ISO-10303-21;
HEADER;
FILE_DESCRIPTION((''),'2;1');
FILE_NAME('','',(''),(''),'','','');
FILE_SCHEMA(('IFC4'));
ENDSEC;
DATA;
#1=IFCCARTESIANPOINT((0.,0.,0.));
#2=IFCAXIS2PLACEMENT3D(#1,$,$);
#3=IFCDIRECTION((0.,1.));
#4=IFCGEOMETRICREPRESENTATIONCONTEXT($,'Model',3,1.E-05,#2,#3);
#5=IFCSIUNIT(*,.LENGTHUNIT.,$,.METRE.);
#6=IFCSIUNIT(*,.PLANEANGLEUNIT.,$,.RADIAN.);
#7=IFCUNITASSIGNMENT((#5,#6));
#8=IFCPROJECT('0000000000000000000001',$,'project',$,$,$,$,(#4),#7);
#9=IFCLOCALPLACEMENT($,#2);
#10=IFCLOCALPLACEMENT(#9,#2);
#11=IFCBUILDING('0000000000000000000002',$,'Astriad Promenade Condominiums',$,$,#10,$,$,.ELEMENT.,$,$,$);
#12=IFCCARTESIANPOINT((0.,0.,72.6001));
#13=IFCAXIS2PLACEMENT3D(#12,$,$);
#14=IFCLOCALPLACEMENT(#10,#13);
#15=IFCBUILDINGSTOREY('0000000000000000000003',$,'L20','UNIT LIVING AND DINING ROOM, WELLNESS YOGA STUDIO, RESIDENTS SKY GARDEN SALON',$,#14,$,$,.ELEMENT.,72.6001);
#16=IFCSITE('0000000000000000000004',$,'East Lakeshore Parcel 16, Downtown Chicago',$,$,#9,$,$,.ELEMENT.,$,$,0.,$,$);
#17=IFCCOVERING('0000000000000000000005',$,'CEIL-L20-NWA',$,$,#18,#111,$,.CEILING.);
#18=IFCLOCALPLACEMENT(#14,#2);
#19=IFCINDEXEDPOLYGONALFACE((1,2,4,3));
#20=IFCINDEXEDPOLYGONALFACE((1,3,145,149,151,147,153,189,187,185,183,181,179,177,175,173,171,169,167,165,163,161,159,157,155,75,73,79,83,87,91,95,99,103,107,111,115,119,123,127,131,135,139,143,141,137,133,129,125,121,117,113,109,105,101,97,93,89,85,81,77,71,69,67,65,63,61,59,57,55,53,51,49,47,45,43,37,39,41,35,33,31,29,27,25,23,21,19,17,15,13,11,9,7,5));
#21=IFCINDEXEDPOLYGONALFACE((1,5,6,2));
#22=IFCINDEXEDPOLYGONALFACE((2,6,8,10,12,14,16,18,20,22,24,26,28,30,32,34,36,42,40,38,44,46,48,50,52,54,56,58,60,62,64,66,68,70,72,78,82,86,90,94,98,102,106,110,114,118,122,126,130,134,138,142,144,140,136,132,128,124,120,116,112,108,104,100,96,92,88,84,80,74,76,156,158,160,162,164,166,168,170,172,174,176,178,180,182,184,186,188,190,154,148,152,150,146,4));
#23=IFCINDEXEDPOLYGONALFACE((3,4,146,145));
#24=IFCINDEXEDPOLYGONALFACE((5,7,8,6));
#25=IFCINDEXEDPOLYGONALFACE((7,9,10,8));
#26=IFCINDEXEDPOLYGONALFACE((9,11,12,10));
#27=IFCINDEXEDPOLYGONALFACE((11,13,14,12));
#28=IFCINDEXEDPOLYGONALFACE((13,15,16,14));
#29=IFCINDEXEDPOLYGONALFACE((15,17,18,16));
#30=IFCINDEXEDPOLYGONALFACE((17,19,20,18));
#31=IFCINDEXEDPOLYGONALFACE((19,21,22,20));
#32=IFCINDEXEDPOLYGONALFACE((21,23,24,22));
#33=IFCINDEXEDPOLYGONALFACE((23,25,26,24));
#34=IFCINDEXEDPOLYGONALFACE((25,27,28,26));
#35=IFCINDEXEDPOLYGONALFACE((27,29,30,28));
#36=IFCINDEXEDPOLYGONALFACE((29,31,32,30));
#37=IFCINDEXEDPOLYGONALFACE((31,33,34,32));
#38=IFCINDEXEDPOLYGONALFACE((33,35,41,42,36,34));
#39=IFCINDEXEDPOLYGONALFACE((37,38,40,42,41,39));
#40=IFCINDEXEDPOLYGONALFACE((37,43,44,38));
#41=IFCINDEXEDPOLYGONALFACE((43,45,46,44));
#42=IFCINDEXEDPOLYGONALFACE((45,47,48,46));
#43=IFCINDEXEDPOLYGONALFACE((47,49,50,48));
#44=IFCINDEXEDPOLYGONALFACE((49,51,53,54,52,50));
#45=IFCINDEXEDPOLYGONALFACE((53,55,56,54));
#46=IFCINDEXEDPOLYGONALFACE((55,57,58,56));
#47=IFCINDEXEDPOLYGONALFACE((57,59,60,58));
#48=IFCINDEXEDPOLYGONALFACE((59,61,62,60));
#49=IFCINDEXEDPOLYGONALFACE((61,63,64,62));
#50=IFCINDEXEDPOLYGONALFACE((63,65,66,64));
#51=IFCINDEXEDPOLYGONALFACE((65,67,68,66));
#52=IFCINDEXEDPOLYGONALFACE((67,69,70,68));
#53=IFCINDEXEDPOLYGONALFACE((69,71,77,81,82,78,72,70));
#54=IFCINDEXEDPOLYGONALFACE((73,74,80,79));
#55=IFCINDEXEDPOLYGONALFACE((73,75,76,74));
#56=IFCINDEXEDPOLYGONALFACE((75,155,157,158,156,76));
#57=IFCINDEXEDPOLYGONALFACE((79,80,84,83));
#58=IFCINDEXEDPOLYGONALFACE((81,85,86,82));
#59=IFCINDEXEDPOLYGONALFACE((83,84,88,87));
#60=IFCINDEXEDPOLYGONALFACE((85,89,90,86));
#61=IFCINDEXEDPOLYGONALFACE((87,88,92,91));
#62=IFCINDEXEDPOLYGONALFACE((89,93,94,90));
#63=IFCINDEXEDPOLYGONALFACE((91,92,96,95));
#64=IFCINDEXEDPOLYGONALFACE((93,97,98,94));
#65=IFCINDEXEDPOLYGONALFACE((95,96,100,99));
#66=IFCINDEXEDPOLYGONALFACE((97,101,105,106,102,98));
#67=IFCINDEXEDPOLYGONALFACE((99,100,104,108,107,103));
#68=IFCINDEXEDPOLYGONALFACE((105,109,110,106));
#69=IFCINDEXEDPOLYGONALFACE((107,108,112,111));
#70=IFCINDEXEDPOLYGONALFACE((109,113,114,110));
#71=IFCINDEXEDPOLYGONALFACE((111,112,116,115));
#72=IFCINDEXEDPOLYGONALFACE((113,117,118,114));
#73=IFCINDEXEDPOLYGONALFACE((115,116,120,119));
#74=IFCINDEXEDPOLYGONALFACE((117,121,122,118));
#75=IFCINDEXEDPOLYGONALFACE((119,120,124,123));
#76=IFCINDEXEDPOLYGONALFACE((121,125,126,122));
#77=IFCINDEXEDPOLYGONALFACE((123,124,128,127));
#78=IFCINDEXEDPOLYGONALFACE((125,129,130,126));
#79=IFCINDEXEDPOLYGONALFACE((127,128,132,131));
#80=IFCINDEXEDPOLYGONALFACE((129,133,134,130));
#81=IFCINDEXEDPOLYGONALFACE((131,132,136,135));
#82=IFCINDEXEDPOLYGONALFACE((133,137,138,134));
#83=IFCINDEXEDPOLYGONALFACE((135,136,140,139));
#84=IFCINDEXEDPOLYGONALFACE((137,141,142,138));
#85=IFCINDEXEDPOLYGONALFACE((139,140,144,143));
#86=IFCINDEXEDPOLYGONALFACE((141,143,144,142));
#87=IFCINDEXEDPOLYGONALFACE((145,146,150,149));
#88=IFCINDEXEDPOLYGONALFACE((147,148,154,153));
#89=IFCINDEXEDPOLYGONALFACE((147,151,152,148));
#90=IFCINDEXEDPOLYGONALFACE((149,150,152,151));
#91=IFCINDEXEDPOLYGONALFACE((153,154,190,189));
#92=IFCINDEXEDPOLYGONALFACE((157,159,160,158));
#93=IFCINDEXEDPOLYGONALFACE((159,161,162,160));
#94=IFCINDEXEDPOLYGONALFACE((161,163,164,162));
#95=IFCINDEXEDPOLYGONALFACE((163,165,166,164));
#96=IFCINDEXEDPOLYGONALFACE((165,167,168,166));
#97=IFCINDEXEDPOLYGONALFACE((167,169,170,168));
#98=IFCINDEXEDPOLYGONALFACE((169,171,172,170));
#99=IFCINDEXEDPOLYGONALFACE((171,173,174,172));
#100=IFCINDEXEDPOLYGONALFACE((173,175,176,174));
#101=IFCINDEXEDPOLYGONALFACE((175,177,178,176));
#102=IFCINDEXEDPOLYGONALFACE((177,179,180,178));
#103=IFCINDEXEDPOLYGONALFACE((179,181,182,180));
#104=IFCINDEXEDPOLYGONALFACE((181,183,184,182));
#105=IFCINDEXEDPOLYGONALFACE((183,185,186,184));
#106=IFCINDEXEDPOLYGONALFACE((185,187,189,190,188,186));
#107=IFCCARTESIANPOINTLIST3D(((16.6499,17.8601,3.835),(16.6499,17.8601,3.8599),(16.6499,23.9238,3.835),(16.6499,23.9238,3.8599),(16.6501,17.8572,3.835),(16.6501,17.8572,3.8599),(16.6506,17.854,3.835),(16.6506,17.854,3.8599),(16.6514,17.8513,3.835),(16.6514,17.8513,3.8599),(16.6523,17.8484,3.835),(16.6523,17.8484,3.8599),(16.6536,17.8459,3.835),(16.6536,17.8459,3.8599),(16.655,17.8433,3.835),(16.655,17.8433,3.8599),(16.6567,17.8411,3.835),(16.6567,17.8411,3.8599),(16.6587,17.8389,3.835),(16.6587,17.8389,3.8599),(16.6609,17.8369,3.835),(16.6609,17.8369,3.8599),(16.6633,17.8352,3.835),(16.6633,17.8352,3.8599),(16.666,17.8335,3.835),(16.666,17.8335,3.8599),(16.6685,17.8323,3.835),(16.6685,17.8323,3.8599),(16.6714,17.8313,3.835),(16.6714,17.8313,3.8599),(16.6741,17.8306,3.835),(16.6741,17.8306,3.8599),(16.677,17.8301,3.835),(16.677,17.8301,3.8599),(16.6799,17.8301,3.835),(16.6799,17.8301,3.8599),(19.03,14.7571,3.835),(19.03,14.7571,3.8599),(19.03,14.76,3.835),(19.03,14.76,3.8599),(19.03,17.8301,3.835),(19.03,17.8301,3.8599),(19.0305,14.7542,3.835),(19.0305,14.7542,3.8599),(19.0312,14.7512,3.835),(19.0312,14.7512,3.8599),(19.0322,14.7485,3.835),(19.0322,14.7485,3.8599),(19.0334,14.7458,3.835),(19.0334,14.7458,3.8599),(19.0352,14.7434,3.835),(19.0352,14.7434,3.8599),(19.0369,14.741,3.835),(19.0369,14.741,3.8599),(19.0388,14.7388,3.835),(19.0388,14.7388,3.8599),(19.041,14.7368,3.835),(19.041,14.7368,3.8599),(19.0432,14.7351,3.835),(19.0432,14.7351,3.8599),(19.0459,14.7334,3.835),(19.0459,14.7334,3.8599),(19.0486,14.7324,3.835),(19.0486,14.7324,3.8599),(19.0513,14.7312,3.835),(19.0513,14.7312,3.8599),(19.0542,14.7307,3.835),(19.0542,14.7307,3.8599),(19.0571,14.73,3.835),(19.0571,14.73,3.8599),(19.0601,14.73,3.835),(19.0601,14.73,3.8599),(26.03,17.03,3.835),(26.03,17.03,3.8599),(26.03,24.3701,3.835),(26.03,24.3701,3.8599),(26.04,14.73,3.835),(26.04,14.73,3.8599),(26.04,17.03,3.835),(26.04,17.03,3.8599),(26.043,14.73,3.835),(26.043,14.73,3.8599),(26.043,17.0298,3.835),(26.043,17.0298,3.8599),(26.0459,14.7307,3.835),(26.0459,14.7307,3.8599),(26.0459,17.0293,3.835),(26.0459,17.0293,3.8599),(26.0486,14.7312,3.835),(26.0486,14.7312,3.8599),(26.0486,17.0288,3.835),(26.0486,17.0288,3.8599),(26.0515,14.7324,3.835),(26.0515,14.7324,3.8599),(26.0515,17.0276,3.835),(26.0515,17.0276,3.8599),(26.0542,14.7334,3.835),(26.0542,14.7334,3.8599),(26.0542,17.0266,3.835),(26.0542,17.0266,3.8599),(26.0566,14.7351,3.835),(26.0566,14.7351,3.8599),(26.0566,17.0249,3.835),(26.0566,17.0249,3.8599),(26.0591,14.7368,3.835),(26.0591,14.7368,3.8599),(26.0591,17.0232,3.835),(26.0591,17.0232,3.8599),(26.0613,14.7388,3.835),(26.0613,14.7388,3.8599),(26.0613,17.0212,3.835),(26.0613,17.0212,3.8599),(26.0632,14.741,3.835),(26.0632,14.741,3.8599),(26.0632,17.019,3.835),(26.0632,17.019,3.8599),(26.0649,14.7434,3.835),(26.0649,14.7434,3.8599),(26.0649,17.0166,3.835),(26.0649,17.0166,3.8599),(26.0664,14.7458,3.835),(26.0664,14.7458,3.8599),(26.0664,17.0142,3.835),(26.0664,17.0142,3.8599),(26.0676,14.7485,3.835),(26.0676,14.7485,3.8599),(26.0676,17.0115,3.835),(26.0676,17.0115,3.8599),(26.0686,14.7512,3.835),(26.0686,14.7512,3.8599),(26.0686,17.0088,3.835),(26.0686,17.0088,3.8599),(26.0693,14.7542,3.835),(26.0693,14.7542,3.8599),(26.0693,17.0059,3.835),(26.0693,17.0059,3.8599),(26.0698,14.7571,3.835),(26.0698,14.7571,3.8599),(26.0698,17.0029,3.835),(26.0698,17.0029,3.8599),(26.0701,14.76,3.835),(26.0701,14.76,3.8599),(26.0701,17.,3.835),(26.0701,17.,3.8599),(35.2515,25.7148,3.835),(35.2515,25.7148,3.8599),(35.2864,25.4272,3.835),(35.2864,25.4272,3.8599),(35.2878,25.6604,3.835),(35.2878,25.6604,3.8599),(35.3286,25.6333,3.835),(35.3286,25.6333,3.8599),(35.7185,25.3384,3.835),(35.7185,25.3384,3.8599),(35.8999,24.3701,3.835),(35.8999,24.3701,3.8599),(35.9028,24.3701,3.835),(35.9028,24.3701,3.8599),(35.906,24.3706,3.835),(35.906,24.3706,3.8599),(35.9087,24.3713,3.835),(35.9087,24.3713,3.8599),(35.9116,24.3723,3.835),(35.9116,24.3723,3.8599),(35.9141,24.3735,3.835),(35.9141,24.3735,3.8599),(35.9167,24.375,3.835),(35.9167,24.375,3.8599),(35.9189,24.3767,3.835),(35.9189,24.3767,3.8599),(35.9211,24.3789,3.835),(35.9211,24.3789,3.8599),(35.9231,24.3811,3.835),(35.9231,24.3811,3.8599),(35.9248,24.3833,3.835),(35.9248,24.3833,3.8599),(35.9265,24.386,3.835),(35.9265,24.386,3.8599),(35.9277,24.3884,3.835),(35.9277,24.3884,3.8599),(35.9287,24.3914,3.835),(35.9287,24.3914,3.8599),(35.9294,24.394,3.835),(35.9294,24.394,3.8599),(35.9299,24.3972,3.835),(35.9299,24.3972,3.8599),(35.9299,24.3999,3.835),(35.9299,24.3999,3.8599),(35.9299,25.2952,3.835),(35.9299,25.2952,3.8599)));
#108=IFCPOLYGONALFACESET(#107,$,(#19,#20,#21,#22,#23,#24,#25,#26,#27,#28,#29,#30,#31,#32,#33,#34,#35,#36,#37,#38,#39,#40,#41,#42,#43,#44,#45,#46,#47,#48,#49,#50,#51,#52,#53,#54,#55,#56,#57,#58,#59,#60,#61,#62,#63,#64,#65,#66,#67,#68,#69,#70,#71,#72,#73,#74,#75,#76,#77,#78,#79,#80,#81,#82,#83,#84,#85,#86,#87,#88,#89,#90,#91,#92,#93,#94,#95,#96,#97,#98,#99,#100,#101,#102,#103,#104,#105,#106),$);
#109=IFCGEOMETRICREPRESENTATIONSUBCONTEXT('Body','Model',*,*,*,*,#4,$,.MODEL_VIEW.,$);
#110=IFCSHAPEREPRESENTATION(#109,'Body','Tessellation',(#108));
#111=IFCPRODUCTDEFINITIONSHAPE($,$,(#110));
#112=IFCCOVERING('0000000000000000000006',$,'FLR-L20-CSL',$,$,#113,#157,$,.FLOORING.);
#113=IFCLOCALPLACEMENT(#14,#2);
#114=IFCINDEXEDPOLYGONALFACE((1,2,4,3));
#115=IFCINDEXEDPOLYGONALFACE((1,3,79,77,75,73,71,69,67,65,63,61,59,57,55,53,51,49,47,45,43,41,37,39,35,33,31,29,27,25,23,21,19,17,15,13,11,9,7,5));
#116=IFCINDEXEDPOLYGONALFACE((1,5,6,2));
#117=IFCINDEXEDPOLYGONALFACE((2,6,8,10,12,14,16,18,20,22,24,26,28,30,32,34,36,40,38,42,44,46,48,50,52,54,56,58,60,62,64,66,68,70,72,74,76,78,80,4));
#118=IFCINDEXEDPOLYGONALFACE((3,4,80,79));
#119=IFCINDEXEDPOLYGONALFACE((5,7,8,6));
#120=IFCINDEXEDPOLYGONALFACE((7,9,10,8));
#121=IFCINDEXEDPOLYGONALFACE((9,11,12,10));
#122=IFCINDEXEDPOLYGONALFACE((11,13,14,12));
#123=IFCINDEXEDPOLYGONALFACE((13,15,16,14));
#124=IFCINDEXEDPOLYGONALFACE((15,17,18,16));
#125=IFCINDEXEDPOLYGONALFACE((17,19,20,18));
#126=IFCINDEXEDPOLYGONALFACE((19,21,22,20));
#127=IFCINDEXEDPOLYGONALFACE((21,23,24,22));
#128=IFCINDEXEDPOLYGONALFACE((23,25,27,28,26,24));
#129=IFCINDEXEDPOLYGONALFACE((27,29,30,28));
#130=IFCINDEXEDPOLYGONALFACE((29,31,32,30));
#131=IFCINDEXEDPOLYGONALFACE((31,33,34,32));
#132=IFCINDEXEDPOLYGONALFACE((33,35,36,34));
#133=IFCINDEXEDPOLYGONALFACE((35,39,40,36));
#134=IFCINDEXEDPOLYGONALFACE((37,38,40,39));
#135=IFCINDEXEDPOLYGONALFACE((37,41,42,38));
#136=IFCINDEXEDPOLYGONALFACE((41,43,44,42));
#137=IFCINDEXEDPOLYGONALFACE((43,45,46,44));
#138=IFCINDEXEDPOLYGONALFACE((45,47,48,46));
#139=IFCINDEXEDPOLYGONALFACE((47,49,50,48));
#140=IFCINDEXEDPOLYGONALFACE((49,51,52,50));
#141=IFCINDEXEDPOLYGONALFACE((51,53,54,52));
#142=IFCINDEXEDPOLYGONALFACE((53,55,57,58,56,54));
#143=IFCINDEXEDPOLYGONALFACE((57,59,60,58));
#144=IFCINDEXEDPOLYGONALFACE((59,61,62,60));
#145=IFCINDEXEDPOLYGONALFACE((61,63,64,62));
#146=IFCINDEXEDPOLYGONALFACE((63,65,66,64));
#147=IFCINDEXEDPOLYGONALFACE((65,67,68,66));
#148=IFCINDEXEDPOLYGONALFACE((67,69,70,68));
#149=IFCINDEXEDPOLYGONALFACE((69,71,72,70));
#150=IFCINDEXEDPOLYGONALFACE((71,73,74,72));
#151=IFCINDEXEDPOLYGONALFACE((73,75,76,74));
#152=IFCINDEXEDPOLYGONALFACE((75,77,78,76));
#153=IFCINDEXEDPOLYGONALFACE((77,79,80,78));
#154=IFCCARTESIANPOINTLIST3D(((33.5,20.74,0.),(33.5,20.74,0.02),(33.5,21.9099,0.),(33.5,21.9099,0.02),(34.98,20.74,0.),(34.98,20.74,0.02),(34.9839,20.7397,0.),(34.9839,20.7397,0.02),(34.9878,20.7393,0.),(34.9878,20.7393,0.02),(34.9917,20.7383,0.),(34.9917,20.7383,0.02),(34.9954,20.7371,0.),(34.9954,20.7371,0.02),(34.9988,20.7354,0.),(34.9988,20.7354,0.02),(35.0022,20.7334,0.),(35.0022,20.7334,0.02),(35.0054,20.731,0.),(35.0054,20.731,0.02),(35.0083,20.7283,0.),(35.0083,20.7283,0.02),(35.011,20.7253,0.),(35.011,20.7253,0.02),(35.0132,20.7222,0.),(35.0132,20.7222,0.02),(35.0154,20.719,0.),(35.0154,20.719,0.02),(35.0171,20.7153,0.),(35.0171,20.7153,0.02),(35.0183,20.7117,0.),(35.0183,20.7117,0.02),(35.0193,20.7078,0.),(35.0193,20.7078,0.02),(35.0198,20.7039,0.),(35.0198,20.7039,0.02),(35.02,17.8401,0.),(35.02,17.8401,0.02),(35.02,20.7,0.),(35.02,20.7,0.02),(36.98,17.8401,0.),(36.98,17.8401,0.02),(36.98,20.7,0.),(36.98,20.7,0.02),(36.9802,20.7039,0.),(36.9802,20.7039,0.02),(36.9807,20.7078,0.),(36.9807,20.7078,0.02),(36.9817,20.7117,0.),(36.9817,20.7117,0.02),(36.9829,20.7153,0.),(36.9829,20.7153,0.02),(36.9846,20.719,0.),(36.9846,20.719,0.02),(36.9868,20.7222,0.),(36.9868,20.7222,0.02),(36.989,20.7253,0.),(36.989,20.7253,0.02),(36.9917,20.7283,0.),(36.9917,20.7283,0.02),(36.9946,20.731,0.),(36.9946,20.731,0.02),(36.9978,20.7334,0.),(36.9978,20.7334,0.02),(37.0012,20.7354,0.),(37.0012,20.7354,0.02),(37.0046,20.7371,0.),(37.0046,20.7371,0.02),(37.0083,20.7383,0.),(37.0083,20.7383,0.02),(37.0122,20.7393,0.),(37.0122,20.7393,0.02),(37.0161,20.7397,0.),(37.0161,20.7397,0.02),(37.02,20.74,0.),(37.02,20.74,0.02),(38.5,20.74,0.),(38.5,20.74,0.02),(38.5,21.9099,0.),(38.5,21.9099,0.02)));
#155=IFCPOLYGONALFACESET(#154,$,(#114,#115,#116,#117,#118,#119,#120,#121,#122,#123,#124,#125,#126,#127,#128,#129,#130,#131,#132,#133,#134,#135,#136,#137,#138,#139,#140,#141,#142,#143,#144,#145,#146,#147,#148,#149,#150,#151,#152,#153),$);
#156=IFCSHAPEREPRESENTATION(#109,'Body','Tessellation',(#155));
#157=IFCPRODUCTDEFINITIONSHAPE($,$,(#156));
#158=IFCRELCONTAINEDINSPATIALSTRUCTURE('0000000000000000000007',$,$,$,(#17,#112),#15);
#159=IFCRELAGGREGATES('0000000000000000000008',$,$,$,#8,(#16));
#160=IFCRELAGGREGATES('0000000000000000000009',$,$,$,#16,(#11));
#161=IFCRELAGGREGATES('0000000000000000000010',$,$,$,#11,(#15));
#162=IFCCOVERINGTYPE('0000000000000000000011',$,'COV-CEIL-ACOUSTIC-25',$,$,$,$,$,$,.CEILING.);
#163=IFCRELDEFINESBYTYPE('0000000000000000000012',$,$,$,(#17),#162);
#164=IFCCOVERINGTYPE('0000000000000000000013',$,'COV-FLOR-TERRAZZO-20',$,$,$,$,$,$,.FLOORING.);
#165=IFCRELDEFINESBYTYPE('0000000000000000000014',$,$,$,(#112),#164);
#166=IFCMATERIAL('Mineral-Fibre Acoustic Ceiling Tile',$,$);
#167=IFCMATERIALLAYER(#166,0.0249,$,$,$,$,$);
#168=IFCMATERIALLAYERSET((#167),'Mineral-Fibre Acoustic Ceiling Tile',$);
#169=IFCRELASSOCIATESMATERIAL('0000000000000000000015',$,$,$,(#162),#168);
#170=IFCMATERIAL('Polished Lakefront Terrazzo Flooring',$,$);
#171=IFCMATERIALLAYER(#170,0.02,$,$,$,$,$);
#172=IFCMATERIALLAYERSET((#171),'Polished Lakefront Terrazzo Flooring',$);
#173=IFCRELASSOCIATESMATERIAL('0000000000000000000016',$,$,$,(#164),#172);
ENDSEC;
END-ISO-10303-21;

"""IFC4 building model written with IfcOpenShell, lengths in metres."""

from ifc_helpers import new_model, si_unit, direction, frame, origin, place, context, subcontext, project, spatial, polyline, outline, extrude, material, layer, layer_set, type_object, element, save


model = new_model("IFC4")

# Units and contexts
model_context = context("Model", 3, precision=1e-05, world=origin(), true_north=direction((0.0, 1.0)))
body_context = subcontext(model_context, "Body", "Model", "MODEL_VIEW")
ifc_project = project(units=[si_unit("LENGTHUNIT", "METRE"), si_unit("PLANEANGLEUNIT", "RADIAN")], contexts=[model_context])

# Site, building, storey
site_placement = place(None, origin())
site = spatial("IfcSite", under=ifc_project, at=site_placement, Name="East Lakeshore Parcel 16, Downtown Chicago", CompositionType="ELEMENT", RefElevation=0.0)
building_placement = place(site_placement, origin())
building = spatial("IfcBuilding", under=site, at=building_placement, Name="Astriad Promenade Condominiums", CompositionType="ELEMENT")
storey_placement = place(building_placement, frame((0.0, 0.0, 72.6001)))
storey = spatial("IfcBuildingStorey", under=building, at=storey_placement, Name="L20", Description="UNIT LIVING AND DINING ROOM, WELLNESS YOGA STUDIO, RESIDENTS SKY GARDEN SALON", CompositionType="ELEMENT", Elevation=72.6001)

# Coverings
ifc_material_1 = material(Name="Mineral-Fibre Acoustic Ceiling Tile")
ifc_layer_1 = layer(ifc_material_1, 0.0249)
ifc_layer_set_1 = layer_set([ifc_layer_1], Name="Mineral-Fibre Acoustic Ceiling Tile")
covering_type_1 = type_object("IfcCoveringType", Name="COV-CEIL-ACOUSTIC-25", PredefinedType="CEILING", material=ifc_layer_set_1)
covering_1_placement = place(storey_placement, frame((0.0, 0.0, 3.835)))
element("IfcCovering", 1, at=covering_1_placement, inside=storey, type_object=covering_type_1, Name="CEIL-L20-NWA", PredefinedType="CEILING", context=body_context, shape_type="SweptSolid", body=[
    extrude(outline(polyline([(35.3286, 25.6333), (35.2864, 25.4272), (35.7185, 25.3384), (35.9299, 25.2952), (35.9299, 24.3999), (35.9299, 24.3972), (35.9294, 24.394), (35.9287, 24.3914), (35.9277, 24.3884), (35.9265, 24.386), (35.9248, 24.3833), (35.9231, 24.3811), (35.9211, 24.3789), (35.9189, 24.3767), (35.9167, 24.375), (35.9141, 24.3735), (35.9116, 24.3723), (35.9087, 24.3713), (35.906, 24.3706), (35.9028, 24.3701), (35.8999, 24.3701), (26.03, 24.3701), (26.03, 17.03), (26.04, 17.03), (26.043, 17.0298), (26.0459, 17.0293), (26.0486, 17.0288), (26.0515, 17.0276), (26.0542, 17.0266), (26.0566, 17.0249), (26.0591, 17.0232), (26.0613, 17.0212), (26.0632, 17.019), (26.0649, 17.0166), (26.0664, 17.0142), (26.0676, 17.0115), (26.0686, 17.0088), (26.0693, 17.0059), (26.0698, 17.0029), (26.0701, 17.0), (26.0701, 14.76), (26.0698, 14.7571), (26.0693, 14.7542), (26.0686, 14.7512), (26.0676, 14.7485), (26.0664, 14.7458), (26.0649, 14.7434), (26.0632, 14.741), (26.0613, 14.7388), (26.0591, 14.7368), (26.0566, 14.7351), (26.0542, 14.7334), (26.0515, 14.7324), (26.0486, 14.7312), (26.0459, 14.7307), (26.043, 14.73), (26.04, 14.73), (19.0601, 14.73), (19.0571, 14.73), (19.0542, 14.7307), (19.0513, 14.7312), (19.0486, 14.7324), (19.0459, 14.7334), (19.0432, 14.7351), (19.041, 14.7368), (19.0388, 14.7388), (19.0369, 14.741), (19.0352, 14.7434), (19.0334, 14.7458), (19.0322, 14.7485), (19.0312, 14.7512), (19.0305, 14.7542), (19.03, 14.7571), (19.03, 14.76), (19.03, 17.8301), (16.6799, 17.8301), (16.677, 17.8301), (16.6741, 17.8306), (16.6714, 17.8313), (16.6685, 17.8323), (16.666, 17.8335), (16.6633, 17.8352), (16.6609, 17.8369), (16.6587, 17.8389), (16.6567, 17.8411), (16.655, 17.8433), (16.6536, 17.8459), (16.6523, 17.8484), (16.6514, 17.8513), (16.6506, 17.854), (16.6501, 17.8572), (16.6499, 17.8601), (16.6499, 23.9238), (35.2515, 25.7148), (35.2878, 25.6604), (35.3286, 25.6333)])), origin(), (0.0, 0.0, 1.0), 0.0249),
])
ifc_material_2 = material(Name="Polished Lakefront Terrazzo Flooring")
ifc_layer_2 = layer(ifc_material_2, 0.02)
ifc_layer_set_2 = layer_set([ifc_layer_2], Name="Polished Lakefront Terrazzo Flooring")
covering_type_2 = type_object("IfcCoveringType", Name="COV-FLOR-TERRAZZO-20", PredefinedType="FLOORING", material=ifc_layer_set_2)
covering_2_placement = place(storey_placement, origin())
element("IfcCovering", 2, at=covering_2_placement, inside=storey, type_object=covering_type_2, Name="FLR-L20-CSL", PredefinedType="FLOORING", context=body_context, shape_type="SweptSolid", body=[
    extrude(outline(polyline([(36.98, 20.7), (36.98, 17.8401), (35.02, 17.8401), (35.02, 20.7), (35.0198, 20.7039), (35.0193, 20.7078), (35.0183, 20.7117), (35.0171, 20.7153), (35.0154, 20.719), (35.0132, 20.7222), (35.011, 20.7253), (35.0083, 20.7283), (35.0054, 20.731), (35.0022, 20.7334), (34.9988, 20.7354), (34.9954, 20.7371), (34.9917, 20.7383), (34.9878, 20.7393), (34.9839, 20.7397), (34.98, 20.74), (33.5, 20.74), (33.5, 21.9099), (38.5, 21.9099), (38.5, 20.74), (37.02, 20.74), (37.0161, 20.7397), (37.0122, 20.7393), (37.0083, 20.7383), (37.0046, 20.7371), (37.0012, 20.7354), (36.9978, 20.7334), (36.9946, 20.731), (36.9917, 20.7283), (36.989, 20.7253), (36.9868, 20.7222), (36.9846, 20.719), (36.9829, 20.7153), (36.9817, 20.7117), (36.9807, 20.7078), (36.9802, 20.7039), (36.98, 20.7)])), origin(), (0.0, 0.0, 1.0), 0.02),
])

save(model, "model.ifc")
